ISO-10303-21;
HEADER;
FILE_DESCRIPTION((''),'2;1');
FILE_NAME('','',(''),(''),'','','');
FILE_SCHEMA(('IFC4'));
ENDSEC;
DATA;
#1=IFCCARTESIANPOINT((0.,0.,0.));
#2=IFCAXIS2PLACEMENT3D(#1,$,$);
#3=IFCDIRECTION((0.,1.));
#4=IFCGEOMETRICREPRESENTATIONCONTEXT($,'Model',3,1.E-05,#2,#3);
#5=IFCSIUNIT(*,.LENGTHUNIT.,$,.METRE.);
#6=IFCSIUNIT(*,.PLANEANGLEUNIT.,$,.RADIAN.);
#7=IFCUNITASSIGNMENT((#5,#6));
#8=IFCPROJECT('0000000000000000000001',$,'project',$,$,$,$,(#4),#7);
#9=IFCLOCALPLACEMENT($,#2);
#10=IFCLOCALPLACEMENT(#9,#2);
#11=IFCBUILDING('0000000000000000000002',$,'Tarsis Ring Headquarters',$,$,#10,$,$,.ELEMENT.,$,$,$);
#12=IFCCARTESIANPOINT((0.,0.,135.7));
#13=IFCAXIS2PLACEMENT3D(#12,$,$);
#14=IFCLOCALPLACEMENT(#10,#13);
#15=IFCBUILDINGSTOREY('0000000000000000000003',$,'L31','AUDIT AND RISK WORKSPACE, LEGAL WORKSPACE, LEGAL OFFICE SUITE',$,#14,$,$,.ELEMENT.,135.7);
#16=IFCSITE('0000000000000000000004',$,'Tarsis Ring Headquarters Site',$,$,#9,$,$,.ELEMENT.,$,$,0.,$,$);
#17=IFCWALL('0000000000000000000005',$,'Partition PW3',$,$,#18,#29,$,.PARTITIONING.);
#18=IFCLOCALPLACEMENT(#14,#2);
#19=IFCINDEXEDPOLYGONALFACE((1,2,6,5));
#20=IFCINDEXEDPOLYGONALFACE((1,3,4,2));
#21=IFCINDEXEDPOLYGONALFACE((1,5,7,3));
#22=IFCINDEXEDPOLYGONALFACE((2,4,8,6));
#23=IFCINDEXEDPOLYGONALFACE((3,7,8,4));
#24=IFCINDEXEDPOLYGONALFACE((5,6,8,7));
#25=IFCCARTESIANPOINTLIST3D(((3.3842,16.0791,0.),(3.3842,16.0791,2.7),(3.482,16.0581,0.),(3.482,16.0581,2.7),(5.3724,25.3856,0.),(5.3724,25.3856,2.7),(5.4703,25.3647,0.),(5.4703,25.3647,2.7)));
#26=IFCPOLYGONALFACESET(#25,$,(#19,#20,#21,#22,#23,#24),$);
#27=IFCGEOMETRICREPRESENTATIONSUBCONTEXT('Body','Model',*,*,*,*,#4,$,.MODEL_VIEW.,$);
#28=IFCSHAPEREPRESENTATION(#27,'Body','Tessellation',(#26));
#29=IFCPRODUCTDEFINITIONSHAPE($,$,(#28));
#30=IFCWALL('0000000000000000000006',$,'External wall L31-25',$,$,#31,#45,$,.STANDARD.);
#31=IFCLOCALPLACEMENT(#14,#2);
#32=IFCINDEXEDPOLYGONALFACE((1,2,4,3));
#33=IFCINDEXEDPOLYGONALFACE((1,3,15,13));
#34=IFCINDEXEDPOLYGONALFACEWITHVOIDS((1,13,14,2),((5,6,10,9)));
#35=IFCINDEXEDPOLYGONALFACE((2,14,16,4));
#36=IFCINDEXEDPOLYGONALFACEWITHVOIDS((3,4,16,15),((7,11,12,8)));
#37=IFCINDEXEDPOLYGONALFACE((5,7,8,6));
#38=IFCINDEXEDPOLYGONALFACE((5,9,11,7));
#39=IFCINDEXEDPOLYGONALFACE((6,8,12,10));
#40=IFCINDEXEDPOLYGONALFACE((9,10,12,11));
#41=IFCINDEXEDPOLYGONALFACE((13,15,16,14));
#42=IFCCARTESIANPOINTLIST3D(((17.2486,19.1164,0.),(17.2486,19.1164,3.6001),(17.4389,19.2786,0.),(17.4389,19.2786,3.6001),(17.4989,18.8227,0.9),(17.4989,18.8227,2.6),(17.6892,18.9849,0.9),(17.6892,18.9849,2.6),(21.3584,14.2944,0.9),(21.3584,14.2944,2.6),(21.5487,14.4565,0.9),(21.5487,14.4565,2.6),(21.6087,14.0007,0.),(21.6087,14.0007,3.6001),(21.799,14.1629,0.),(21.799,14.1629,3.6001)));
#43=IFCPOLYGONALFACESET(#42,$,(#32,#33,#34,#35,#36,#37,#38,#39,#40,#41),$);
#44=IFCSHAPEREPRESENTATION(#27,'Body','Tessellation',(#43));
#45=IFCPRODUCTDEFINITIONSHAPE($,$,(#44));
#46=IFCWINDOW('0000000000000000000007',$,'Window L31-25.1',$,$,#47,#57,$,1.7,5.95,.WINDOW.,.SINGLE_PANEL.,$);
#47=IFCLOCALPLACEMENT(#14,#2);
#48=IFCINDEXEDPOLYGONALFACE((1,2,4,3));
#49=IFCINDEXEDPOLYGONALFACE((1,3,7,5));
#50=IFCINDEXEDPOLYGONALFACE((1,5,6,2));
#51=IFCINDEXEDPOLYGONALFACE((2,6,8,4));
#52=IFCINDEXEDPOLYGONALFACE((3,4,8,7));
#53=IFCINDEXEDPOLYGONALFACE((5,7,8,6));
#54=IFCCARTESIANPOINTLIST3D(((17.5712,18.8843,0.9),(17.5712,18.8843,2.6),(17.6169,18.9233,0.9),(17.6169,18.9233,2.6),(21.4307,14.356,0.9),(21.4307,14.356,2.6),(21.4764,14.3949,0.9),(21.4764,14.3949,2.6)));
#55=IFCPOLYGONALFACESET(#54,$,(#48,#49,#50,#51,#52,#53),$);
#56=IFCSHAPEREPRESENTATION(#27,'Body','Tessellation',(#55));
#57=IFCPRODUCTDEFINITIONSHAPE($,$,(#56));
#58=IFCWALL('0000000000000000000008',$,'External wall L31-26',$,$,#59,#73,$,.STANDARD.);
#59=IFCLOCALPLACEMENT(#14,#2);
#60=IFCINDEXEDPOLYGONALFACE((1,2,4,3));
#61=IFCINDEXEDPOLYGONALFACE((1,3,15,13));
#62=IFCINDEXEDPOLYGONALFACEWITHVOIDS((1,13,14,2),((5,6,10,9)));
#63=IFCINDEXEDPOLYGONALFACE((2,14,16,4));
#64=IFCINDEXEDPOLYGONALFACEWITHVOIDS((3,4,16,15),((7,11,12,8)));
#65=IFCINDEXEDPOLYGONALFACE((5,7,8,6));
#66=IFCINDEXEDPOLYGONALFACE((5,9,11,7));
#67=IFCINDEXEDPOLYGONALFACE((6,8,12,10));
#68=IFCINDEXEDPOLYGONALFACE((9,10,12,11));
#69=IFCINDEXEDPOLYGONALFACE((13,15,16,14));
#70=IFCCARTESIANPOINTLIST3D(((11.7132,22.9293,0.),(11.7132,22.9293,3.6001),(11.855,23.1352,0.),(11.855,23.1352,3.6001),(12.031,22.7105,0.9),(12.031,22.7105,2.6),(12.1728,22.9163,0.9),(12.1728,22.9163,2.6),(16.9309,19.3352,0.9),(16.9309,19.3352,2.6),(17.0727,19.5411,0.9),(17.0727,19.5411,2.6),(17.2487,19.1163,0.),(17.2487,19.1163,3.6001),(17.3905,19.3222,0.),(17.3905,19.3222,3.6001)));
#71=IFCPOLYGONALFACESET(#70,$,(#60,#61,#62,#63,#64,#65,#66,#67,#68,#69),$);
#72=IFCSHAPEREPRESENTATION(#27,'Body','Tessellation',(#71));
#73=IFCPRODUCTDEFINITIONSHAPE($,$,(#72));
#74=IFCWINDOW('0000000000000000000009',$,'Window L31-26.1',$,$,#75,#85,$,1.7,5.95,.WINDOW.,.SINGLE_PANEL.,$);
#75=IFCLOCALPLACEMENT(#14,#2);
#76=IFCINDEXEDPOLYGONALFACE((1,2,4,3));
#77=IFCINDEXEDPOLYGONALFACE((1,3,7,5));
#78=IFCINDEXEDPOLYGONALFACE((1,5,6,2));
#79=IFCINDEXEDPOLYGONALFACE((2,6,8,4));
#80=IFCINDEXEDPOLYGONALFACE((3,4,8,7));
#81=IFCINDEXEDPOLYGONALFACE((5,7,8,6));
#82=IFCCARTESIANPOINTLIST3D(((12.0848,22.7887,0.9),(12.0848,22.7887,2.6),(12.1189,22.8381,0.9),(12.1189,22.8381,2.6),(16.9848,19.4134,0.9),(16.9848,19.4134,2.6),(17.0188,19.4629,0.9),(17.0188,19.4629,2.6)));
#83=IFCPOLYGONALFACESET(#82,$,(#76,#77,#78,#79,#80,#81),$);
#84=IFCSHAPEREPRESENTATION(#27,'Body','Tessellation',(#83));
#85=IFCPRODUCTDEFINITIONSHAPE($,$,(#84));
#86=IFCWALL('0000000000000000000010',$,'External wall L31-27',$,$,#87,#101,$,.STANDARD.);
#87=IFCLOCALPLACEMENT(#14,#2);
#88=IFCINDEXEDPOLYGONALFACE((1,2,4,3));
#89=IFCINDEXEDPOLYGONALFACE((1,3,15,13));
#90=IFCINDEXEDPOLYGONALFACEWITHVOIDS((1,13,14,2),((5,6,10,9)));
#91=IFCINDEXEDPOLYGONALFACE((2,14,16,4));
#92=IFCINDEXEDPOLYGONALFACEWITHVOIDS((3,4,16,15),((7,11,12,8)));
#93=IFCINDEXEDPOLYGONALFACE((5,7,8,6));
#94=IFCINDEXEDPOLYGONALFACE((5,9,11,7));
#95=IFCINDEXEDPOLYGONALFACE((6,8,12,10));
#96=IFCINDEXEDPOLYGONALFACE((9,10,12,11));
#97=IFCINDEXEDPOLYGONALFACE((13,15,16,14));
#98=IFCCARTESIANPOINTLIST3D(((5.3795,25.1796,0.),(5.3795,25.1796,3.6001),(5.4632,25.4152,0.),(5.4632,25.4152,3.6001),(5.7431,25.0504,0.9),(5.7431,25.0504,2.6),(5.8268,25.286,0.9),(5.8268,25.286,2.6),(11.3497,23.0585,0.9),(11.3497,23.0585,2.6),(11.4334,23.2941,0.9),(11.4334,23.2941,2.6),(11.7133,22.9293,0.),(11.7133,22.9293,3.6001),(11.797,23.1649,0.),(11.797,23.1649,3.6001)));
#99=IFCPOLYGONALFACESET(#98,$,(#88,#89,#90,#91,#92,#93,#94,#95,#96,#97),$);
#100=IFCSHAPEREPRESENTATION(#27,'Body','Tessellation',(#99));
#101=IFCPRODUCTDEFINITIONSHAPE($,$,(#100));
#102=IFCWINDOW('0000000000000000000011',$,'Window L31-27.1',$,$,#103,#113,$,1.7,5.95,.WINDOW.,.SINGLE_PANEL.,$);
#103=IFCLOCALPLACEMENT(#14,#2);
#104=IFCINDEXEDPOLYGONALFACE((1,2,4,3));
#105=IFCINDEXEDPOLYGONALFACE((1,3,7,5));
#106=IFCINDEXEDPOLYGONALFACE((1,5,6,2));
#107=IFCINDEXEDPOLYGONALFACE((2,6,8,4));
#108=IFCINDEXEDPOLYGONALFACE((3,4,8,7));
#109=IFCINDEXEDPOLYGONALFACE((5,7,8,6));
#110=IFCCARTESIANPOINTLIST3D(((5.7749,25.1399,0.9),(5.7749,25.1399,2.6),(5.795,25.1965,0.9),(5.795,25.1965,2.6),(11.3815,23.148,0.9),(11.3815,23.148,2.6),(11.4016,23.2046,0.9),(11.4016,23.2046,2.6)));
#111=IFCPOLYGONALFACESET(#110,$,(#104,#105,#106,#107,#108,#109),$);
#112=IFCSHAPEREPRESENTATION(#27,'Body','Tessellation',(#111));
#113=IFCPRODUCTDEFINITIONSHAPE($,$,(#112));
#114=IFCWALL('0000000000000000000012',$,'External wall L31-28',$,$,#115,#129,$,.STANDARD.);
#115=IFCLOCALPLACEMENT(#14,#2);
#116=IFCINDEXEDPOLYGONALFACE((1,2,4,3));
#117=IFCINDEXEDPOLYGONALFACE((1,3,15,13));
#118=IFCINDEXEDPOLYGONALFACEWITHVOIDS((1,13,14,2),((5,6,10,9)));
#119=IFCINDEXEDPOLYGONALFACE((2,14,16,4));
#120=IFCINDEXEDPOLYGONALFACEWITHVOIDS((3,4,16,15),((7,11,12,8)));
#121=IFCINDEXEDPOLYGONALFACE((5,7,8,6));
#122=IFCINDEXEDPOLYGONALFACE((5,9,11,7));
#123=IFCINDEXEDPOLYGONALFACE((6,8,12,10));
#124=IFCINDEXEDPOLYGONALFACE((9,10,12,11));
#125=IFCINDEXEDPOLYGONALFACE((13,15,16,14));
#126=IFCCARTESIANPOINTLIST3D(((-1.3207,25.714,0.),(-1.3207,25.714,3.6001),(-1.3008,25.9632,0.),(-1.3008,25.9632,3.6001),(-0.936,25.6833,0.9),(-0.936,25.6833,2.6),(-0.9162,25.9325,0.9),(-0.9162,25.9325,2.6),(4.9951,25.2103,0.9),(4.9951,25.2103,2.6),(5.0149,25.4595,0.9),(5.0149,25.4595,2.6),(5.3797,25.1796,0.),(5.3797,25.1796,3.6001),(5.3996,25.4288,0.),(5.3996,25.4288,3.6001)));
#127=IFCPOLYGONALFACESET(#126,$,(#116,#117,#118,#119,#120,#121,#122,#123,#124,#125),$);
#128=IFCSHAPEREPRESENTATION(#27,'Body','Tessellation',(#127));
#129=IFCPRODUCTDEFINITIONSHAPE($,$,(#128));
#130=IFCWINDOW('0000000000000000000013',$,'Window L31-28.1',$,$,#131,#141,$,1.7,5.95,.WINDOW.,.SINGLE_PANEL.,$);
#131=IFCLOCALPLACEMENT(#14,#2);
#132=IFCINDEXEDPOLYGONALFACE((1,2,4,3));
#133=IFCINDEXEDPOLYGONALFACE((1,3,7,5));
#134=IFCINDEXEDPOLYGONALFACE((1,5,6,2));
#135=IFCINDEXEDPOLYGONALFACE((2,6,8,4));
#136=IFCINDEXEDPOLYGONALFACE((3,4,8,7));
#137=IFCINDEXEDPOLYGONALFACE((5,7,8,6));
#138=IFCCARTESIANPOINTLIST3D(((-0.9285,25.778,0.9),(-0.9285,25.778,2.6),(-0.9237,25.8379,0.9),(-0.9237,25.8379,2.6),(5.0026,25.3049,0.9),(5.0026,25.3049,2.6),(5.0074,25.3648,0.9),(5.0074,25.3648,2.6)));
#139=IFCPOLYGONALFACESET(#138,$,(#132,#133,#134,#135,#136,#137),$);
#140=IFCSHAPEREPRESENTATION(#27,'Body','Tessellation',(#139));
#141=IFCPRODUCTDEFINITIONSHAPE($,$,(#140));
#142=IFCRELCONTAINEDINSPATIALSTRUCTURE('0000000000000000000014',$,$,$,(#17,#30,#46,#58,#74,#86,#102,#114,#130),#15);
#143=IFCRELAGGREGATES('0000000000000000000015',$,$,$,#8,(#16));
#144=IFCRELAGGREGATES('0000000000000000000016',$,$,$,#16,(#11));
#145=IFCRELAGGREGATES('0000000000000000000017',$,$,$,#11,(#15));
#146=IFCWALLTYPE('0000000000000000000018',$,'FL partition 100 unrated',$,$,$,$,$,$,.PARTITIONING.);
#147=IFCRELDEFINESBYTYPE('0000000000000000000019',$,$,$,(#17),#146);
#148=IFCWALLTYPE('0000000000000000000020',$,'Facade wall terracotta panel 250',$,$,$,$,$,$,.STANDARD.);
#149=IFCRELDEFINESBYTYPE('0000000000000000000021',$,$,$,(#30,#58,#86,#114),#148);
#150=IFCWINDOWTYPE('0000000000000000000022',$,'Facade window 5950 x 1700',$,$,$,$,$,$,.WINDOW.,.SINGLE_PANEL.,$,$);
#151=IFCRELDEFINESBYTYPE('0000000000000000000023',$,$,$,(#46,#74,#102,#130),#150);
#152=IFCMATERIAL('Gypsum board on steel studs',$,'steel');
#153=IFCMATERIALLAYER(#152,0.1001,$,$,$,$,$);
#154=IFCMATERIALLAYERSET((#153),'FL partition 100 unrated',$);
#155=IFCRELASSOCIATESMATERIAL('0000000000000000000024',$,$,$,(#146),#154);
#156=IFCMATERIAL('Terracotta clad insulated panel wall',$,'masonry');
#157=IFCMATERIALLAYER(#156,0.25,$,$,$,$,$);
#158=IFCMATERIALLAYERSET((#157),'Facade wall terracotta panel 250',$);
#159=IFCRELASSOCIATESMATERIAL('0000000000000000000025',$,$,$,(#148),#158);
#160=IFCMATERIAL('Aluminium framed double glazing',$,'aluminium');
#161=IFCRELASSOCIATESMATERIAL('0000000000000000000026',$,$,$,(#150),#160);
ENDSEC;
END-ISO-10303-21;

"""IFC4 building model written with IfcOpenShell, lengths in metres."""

from ifc_helpers import new_model, si_unit, direction, frame, frame_2d, origin, place, context, subcontext, project, spatial, rectangle, extrude, material, layer, layer_set, type_object, element, fill, save


model = new_model("IFC4")

# Units and contexts
model_context = context("Model", 3, precision=1e-05, world=origin(), true_north=direction((0.0, 1.0)))
body_context = subcontext(model_context, "Body", "Model", "MODEL_VIEW")
ifc_project = project(units=[si_unit("LENGTHUNIT", "METRE"), si_unit("PLANEANGLEUNIT", "RADIAN")], contexts=[model_context])

# Site, building, storey
site_placement = place(None, origin())
site = spatial("IfcSite", under=ifc_project, at=site_placement, Name="Tarsis Ring Headquarters Site", CompositionType="ELEMENT", RefElevation=0.0)
building_placement = place(site_placement, origin())
building = spatial("IfcBuilding", under=site, at=building_placement, Name="Tarsis Ring Headquarters", CompositionType="ELEMENT")
storey_placement = place(building_placement, frame((0.0, 0.0, 135.7)))
storey = spatial("IfcBuildingStorey", under=building, at=storey_placement, Name="L31", Description="AUDIT AND RISK WORKSPACE, LEGAL WORKSPACE, LEGAL OFFICE SUITE", CompositionType="ELEMENT", Elevation=135.7)

# Wall
ifc_material_1 = material(Name="Gypsum board on steel studs", Category="steel")
ifc_layer_1 = layer(ifc_material_1, 0.1001)
ifc_layer_set_1 = layer_set([ifc_layer_1], Name="FL partition 100 unrated")
wall_type_1 = type_object("IfcWallType", Name="FL partition 100 unrated", PredefinedType="PARTITIONING", material=ifc_layer_set_1)
wall_1_placement = place(storey_placement, frame((3.4331, 16.0686, 0.0), z_axis=(0.0, 0.0, 1.0), x_axis=(0.208926, 0.977931, 0.0)))
element("IfcWall", 1, at=wall_1_placement, inside=storey, type_object=wall_type_1, Name="Partition PW3", PredefinedType="PARTITIONING", context=body_context, shape_type="SweptSolid", body=[
    extrude(rectangle(XDim=9.5166, YDim=0.1001, at=frame_2d((4.7583, 0.0))), origin(), (0.0, 0.0, 1.0), 2.7),
])

# Walls, openings, windows
ifc_material_2 = material(Name="Terracotta clad insulated panel wall", Category="masonry")
ifc_layer_2 = layer(ifc_material_2, 0.25)
ifc_layer_set_2 = layer_set([ifc_layer_2], Name="Facade wall terracotta panel 250")
wall_type_2 = type_object("IfcWallType", Name="Facade wall terracotta panel 250", PredefinedType="STANDARD", material=ifc_layer_set_2)
wall_2_placement = place(storey_placement, frame((21.7039, 14.0818, 0.0), z_axis=(0.0, 0.0, 1.0), x_axis=(-0.648662, 0.761077, 0.0)))
wall_2 = element("IfcWall", 2, at=wall_2_placement, inside=storey, type_object=wall_type_2, Name="External wall L31-25", PredefinedType="STANDARD", context=body_context, shape_type="SweptSolid", body=[
    extrude(rectangle(XDim=6.7217, YDim=0.25, at=frame_2d((3.3608, 0.0))), origin(), (0.0, 0.0, 1.0), 3.6001),
])
opening_1_placement = place(wall_2_placement, frame((0.3857, 0.0, 0.8999)))
opening_1 = element("IfcOpeningElement", 3, at=opening_1_placement, cuts=wall_2, PredefinedType="OPENING", context=body_context, shape_type="SweptSolid", body=[
    extrude(rectangle(XDim=5.95, YDim=1.7, at=frame_2d((2.9751, 0.8501))), frame((0.0, 0.135, 0.0), z_axis=(0.0, -1.0, 0.0), x_axis=(1.0, 0.0, 0.0)), (0.0, 0.0, 1.0), 0.27),
])
ifc_material_3 = material(Name="Aluminium framed double glazing", Category="aluminium")
window_type = type_object("IfcWindowType", Name="Facade window 5950 x 1700", PartitioningType="SINGLE_PANEL", PredefinedType="WINDOW", material=ifc_material_3)
window_1_placement = place(opening_1_placement, origin())
window_1 = element("IfcWindow", 4, at=window_1_placement, inside=storey, type_object=window_type, Name="Window L31-25.1", OverallHeight=1.7, OverallWidth=5.95, PartitioningType="SINGLE_PANEL", PredefinedType="WINDOW", context=body_context, shape_type="SweptSolid", body=[
    extrude(rectangle(XDim=5.95, YDim=1.7, at=frame_2d((2.9751, 0.8501))), frame((0.0, 0.03, 0.0), z_axis=(0.0, -1.0, 0.0), x_axis=(1.0, 0.0, 0.0)), (0.0, 0.0, 1.0), 0.0601),
])
fill(opening_1, window_1)
wall_3_placement = place(storey_placement, frame((17.3196, 19.2192, 0.0), z_axis=(0.0, 0.0, 1.0), x_axis=(-0.823528, 0.567276, 0.0)))
wall_3 = element("IfcWall", 5, at=wall_3_placement, inside=storey, type_object=wall_type_2, Name="External wall L31-26", PredefinedType="STANDARD", context=body_context, shape_type="SweptSolid", body=[
    extrude(rectangle(XDim=6.7217, YDim=0.25, at=frame_2d((3.3608, 0.0))), origin(), (0.0, 0.0, 1.0), 3.6001),
])
opening_2_placement = place(wall_3_placement, frame((0.3857, 0.0, 0.8999)))
opening_2 = element("IfcOpeningElement", 6, at=opening_2_placement, cuts=wall_3, PredefinedType="OPENING", context=body_context, shape_type="SweptSolid", body=[
    extrude(rectangle(XDim=5.95, YDim=1.7, at=frame_2d((2.9751, 0.8501))), frame((0.0, 0.135, 0.0), z_axis=(0.0, -1.0, 0.0), x_axis=(1.0, 0.0, 0.0)), (0.0, 0.0, 1.0), 0.27),
])
window_2_placement = place(opening_2_placement, origin())
window_2 = element("IfcWindow", 7, at=window_2_placement, inside=storey, type_object=window_type, Name="Window L31-26.1", OverallHeight=1.7, OverallWidth=5.95, PartitioningType="SINGLE_PANEL", PredefinedType="WINDOW", context=body_context, shape_type="SweptSolid", body=[
    extrude(rectangle(XDim=5.95, YDim=1.7, at=frame_2d((2.9751, 0.8501))), frame((0.0, 0.03, 0.0), z_axis=(0.0, -1.0, 0.0), x_axis=(1.0, 0.0, 0.0)), (0.0, 0.0, 1.0), 0.0601),
])
fill(opening_2, window_2)
wall_4_placement = place(storey_placement, frame((11.7551, 23.0471, 0.0), z_axis=(0.0, 0.0, 1.0), x_axis=(-0.942297, 0.334778, 0.0)))
wall_4 = element("IfcWall", 8, at=wall_4_placement, inside=storey, type_object=wall_type_2, Name="External wall L31-27", PredefinedType="STANDARD", context=body_context, shape_type="SweptSolid", body=[
    extrude(rectangle(XDim=6.7217, YDim=0.25, at=frame_2d((3.3608, 0.0))), origin(), (0.0, 0.0, 1.0), 3.6001),
])
opening_3_placement = place(wall_4_placement, frame((0.3857, 0.0, 0.8999)))
opening_3 = element("IfcOpeningElement", 9, at=opening_3_placement, cuts=wall_4, PredefinedType="OPENING", context=body_context, shape_type="SweptSolid", body=[
    extrude(rectangle(XDim=5.95, YDim=1.7, at=frame_2d((2.9751, 0.8501))), frame((0.0, 0.135, 0.0), z_axis=(0.0, -1.0, 0.0), x_axis=(1.0, 0.0, 0.0)), (0.0, 0.0, 1.0), 0.27),
])
window_3_placement = place(opening_3_placement, origin())
window_3 = element("IfcWindow", 10, at=window_3_placement, inside=storey, type_object=window_type, Name="Window L31-27.1", OverallHeight=1.7, OverallWidth=5.95, PartitioningType="SINGLE_PANEL", PredefinedType="WINDOW", context=body_context, shape_type="SweptSolid", body=[
    extrude(rectangle(XDim=5.95, YDim=1.7, at=frame_2d((2.9751, 0.8501))), frame((0.0, 0.03, 0.0), z_axis=(0.0, -1.0, 0.0), x_axis=(1.0, 0.0, 0.0)), (0.0, 0.0, 1.0), 0.0601),
])
fill(opening_3, window_3)
wall_5_placement = place(storey_placement, frame((5.3896, 25.3042, 0.0), z_axis=(0.0, 0.0, 1.0), x_axis=(-0.996834, 0.079507, 0.0)))
wall_5 = element("IfcWall", 11, at=wall_5_placement, inside=storey, type_object=wall_type_2, Name="External wall L31-28", PredefinedType="STANDARD", context=body_context, shape_type="SweptSolid", body=[
    extrude(rectangle(XDim=6.7217, YDim=0.25, at=frame_2d((3.3608, 0.0))), origin(), (0.0, 0.0, 1.0), 3.6001),
])
opening_4_placement = place(wall_5_placement, frame((0.3857, 0.0, 0.8999)))
opening_4 = element("IfcOpeningElement", 12, at=opening_4_placement, cuts=wall_5, PredefinedType="OPENING", context=body_context, shape_type="SweptSolid", body=[
    extrude(rectangle(XDim=5.95, YDim=1.7, at=frame_2d((2.9751, 0.8501))), frame((0.0, 0.135, 0.0), z_axis=(0.0, -1.0, 0.0), x_axis=(1.0, 0.0, 0.0)), (0.0, 0.0, 1.0), 0.27),
])
window_4_placement = place(opening_4_placement, origin())
window_4 = element("IfcWindow", 13, at=window_4_placement, inside=storey, type_object=window_type, Name="Window L31-28.1", OverallHeight=1.7, OverallWidth=5.95, PartitioningType="SINGLE_PANEL", PredefinedType="WINDOW", context=body_context, shape_type="SweptSolid", body=[
    extrude(rectangle(XDim=5.95, YDim=1.7, at=frame_2d((2.9751, 0.8501))), frame((0.0, 0.03, 0.0), z_axis=(0.0, -1.0, 0.0), x_axis=(1.0, 0.0, 0.0)), (0.0, 0.0, 1.0), 0.0601),
])
fill(opening_4, window_4)

save(model, "model.ifc")
